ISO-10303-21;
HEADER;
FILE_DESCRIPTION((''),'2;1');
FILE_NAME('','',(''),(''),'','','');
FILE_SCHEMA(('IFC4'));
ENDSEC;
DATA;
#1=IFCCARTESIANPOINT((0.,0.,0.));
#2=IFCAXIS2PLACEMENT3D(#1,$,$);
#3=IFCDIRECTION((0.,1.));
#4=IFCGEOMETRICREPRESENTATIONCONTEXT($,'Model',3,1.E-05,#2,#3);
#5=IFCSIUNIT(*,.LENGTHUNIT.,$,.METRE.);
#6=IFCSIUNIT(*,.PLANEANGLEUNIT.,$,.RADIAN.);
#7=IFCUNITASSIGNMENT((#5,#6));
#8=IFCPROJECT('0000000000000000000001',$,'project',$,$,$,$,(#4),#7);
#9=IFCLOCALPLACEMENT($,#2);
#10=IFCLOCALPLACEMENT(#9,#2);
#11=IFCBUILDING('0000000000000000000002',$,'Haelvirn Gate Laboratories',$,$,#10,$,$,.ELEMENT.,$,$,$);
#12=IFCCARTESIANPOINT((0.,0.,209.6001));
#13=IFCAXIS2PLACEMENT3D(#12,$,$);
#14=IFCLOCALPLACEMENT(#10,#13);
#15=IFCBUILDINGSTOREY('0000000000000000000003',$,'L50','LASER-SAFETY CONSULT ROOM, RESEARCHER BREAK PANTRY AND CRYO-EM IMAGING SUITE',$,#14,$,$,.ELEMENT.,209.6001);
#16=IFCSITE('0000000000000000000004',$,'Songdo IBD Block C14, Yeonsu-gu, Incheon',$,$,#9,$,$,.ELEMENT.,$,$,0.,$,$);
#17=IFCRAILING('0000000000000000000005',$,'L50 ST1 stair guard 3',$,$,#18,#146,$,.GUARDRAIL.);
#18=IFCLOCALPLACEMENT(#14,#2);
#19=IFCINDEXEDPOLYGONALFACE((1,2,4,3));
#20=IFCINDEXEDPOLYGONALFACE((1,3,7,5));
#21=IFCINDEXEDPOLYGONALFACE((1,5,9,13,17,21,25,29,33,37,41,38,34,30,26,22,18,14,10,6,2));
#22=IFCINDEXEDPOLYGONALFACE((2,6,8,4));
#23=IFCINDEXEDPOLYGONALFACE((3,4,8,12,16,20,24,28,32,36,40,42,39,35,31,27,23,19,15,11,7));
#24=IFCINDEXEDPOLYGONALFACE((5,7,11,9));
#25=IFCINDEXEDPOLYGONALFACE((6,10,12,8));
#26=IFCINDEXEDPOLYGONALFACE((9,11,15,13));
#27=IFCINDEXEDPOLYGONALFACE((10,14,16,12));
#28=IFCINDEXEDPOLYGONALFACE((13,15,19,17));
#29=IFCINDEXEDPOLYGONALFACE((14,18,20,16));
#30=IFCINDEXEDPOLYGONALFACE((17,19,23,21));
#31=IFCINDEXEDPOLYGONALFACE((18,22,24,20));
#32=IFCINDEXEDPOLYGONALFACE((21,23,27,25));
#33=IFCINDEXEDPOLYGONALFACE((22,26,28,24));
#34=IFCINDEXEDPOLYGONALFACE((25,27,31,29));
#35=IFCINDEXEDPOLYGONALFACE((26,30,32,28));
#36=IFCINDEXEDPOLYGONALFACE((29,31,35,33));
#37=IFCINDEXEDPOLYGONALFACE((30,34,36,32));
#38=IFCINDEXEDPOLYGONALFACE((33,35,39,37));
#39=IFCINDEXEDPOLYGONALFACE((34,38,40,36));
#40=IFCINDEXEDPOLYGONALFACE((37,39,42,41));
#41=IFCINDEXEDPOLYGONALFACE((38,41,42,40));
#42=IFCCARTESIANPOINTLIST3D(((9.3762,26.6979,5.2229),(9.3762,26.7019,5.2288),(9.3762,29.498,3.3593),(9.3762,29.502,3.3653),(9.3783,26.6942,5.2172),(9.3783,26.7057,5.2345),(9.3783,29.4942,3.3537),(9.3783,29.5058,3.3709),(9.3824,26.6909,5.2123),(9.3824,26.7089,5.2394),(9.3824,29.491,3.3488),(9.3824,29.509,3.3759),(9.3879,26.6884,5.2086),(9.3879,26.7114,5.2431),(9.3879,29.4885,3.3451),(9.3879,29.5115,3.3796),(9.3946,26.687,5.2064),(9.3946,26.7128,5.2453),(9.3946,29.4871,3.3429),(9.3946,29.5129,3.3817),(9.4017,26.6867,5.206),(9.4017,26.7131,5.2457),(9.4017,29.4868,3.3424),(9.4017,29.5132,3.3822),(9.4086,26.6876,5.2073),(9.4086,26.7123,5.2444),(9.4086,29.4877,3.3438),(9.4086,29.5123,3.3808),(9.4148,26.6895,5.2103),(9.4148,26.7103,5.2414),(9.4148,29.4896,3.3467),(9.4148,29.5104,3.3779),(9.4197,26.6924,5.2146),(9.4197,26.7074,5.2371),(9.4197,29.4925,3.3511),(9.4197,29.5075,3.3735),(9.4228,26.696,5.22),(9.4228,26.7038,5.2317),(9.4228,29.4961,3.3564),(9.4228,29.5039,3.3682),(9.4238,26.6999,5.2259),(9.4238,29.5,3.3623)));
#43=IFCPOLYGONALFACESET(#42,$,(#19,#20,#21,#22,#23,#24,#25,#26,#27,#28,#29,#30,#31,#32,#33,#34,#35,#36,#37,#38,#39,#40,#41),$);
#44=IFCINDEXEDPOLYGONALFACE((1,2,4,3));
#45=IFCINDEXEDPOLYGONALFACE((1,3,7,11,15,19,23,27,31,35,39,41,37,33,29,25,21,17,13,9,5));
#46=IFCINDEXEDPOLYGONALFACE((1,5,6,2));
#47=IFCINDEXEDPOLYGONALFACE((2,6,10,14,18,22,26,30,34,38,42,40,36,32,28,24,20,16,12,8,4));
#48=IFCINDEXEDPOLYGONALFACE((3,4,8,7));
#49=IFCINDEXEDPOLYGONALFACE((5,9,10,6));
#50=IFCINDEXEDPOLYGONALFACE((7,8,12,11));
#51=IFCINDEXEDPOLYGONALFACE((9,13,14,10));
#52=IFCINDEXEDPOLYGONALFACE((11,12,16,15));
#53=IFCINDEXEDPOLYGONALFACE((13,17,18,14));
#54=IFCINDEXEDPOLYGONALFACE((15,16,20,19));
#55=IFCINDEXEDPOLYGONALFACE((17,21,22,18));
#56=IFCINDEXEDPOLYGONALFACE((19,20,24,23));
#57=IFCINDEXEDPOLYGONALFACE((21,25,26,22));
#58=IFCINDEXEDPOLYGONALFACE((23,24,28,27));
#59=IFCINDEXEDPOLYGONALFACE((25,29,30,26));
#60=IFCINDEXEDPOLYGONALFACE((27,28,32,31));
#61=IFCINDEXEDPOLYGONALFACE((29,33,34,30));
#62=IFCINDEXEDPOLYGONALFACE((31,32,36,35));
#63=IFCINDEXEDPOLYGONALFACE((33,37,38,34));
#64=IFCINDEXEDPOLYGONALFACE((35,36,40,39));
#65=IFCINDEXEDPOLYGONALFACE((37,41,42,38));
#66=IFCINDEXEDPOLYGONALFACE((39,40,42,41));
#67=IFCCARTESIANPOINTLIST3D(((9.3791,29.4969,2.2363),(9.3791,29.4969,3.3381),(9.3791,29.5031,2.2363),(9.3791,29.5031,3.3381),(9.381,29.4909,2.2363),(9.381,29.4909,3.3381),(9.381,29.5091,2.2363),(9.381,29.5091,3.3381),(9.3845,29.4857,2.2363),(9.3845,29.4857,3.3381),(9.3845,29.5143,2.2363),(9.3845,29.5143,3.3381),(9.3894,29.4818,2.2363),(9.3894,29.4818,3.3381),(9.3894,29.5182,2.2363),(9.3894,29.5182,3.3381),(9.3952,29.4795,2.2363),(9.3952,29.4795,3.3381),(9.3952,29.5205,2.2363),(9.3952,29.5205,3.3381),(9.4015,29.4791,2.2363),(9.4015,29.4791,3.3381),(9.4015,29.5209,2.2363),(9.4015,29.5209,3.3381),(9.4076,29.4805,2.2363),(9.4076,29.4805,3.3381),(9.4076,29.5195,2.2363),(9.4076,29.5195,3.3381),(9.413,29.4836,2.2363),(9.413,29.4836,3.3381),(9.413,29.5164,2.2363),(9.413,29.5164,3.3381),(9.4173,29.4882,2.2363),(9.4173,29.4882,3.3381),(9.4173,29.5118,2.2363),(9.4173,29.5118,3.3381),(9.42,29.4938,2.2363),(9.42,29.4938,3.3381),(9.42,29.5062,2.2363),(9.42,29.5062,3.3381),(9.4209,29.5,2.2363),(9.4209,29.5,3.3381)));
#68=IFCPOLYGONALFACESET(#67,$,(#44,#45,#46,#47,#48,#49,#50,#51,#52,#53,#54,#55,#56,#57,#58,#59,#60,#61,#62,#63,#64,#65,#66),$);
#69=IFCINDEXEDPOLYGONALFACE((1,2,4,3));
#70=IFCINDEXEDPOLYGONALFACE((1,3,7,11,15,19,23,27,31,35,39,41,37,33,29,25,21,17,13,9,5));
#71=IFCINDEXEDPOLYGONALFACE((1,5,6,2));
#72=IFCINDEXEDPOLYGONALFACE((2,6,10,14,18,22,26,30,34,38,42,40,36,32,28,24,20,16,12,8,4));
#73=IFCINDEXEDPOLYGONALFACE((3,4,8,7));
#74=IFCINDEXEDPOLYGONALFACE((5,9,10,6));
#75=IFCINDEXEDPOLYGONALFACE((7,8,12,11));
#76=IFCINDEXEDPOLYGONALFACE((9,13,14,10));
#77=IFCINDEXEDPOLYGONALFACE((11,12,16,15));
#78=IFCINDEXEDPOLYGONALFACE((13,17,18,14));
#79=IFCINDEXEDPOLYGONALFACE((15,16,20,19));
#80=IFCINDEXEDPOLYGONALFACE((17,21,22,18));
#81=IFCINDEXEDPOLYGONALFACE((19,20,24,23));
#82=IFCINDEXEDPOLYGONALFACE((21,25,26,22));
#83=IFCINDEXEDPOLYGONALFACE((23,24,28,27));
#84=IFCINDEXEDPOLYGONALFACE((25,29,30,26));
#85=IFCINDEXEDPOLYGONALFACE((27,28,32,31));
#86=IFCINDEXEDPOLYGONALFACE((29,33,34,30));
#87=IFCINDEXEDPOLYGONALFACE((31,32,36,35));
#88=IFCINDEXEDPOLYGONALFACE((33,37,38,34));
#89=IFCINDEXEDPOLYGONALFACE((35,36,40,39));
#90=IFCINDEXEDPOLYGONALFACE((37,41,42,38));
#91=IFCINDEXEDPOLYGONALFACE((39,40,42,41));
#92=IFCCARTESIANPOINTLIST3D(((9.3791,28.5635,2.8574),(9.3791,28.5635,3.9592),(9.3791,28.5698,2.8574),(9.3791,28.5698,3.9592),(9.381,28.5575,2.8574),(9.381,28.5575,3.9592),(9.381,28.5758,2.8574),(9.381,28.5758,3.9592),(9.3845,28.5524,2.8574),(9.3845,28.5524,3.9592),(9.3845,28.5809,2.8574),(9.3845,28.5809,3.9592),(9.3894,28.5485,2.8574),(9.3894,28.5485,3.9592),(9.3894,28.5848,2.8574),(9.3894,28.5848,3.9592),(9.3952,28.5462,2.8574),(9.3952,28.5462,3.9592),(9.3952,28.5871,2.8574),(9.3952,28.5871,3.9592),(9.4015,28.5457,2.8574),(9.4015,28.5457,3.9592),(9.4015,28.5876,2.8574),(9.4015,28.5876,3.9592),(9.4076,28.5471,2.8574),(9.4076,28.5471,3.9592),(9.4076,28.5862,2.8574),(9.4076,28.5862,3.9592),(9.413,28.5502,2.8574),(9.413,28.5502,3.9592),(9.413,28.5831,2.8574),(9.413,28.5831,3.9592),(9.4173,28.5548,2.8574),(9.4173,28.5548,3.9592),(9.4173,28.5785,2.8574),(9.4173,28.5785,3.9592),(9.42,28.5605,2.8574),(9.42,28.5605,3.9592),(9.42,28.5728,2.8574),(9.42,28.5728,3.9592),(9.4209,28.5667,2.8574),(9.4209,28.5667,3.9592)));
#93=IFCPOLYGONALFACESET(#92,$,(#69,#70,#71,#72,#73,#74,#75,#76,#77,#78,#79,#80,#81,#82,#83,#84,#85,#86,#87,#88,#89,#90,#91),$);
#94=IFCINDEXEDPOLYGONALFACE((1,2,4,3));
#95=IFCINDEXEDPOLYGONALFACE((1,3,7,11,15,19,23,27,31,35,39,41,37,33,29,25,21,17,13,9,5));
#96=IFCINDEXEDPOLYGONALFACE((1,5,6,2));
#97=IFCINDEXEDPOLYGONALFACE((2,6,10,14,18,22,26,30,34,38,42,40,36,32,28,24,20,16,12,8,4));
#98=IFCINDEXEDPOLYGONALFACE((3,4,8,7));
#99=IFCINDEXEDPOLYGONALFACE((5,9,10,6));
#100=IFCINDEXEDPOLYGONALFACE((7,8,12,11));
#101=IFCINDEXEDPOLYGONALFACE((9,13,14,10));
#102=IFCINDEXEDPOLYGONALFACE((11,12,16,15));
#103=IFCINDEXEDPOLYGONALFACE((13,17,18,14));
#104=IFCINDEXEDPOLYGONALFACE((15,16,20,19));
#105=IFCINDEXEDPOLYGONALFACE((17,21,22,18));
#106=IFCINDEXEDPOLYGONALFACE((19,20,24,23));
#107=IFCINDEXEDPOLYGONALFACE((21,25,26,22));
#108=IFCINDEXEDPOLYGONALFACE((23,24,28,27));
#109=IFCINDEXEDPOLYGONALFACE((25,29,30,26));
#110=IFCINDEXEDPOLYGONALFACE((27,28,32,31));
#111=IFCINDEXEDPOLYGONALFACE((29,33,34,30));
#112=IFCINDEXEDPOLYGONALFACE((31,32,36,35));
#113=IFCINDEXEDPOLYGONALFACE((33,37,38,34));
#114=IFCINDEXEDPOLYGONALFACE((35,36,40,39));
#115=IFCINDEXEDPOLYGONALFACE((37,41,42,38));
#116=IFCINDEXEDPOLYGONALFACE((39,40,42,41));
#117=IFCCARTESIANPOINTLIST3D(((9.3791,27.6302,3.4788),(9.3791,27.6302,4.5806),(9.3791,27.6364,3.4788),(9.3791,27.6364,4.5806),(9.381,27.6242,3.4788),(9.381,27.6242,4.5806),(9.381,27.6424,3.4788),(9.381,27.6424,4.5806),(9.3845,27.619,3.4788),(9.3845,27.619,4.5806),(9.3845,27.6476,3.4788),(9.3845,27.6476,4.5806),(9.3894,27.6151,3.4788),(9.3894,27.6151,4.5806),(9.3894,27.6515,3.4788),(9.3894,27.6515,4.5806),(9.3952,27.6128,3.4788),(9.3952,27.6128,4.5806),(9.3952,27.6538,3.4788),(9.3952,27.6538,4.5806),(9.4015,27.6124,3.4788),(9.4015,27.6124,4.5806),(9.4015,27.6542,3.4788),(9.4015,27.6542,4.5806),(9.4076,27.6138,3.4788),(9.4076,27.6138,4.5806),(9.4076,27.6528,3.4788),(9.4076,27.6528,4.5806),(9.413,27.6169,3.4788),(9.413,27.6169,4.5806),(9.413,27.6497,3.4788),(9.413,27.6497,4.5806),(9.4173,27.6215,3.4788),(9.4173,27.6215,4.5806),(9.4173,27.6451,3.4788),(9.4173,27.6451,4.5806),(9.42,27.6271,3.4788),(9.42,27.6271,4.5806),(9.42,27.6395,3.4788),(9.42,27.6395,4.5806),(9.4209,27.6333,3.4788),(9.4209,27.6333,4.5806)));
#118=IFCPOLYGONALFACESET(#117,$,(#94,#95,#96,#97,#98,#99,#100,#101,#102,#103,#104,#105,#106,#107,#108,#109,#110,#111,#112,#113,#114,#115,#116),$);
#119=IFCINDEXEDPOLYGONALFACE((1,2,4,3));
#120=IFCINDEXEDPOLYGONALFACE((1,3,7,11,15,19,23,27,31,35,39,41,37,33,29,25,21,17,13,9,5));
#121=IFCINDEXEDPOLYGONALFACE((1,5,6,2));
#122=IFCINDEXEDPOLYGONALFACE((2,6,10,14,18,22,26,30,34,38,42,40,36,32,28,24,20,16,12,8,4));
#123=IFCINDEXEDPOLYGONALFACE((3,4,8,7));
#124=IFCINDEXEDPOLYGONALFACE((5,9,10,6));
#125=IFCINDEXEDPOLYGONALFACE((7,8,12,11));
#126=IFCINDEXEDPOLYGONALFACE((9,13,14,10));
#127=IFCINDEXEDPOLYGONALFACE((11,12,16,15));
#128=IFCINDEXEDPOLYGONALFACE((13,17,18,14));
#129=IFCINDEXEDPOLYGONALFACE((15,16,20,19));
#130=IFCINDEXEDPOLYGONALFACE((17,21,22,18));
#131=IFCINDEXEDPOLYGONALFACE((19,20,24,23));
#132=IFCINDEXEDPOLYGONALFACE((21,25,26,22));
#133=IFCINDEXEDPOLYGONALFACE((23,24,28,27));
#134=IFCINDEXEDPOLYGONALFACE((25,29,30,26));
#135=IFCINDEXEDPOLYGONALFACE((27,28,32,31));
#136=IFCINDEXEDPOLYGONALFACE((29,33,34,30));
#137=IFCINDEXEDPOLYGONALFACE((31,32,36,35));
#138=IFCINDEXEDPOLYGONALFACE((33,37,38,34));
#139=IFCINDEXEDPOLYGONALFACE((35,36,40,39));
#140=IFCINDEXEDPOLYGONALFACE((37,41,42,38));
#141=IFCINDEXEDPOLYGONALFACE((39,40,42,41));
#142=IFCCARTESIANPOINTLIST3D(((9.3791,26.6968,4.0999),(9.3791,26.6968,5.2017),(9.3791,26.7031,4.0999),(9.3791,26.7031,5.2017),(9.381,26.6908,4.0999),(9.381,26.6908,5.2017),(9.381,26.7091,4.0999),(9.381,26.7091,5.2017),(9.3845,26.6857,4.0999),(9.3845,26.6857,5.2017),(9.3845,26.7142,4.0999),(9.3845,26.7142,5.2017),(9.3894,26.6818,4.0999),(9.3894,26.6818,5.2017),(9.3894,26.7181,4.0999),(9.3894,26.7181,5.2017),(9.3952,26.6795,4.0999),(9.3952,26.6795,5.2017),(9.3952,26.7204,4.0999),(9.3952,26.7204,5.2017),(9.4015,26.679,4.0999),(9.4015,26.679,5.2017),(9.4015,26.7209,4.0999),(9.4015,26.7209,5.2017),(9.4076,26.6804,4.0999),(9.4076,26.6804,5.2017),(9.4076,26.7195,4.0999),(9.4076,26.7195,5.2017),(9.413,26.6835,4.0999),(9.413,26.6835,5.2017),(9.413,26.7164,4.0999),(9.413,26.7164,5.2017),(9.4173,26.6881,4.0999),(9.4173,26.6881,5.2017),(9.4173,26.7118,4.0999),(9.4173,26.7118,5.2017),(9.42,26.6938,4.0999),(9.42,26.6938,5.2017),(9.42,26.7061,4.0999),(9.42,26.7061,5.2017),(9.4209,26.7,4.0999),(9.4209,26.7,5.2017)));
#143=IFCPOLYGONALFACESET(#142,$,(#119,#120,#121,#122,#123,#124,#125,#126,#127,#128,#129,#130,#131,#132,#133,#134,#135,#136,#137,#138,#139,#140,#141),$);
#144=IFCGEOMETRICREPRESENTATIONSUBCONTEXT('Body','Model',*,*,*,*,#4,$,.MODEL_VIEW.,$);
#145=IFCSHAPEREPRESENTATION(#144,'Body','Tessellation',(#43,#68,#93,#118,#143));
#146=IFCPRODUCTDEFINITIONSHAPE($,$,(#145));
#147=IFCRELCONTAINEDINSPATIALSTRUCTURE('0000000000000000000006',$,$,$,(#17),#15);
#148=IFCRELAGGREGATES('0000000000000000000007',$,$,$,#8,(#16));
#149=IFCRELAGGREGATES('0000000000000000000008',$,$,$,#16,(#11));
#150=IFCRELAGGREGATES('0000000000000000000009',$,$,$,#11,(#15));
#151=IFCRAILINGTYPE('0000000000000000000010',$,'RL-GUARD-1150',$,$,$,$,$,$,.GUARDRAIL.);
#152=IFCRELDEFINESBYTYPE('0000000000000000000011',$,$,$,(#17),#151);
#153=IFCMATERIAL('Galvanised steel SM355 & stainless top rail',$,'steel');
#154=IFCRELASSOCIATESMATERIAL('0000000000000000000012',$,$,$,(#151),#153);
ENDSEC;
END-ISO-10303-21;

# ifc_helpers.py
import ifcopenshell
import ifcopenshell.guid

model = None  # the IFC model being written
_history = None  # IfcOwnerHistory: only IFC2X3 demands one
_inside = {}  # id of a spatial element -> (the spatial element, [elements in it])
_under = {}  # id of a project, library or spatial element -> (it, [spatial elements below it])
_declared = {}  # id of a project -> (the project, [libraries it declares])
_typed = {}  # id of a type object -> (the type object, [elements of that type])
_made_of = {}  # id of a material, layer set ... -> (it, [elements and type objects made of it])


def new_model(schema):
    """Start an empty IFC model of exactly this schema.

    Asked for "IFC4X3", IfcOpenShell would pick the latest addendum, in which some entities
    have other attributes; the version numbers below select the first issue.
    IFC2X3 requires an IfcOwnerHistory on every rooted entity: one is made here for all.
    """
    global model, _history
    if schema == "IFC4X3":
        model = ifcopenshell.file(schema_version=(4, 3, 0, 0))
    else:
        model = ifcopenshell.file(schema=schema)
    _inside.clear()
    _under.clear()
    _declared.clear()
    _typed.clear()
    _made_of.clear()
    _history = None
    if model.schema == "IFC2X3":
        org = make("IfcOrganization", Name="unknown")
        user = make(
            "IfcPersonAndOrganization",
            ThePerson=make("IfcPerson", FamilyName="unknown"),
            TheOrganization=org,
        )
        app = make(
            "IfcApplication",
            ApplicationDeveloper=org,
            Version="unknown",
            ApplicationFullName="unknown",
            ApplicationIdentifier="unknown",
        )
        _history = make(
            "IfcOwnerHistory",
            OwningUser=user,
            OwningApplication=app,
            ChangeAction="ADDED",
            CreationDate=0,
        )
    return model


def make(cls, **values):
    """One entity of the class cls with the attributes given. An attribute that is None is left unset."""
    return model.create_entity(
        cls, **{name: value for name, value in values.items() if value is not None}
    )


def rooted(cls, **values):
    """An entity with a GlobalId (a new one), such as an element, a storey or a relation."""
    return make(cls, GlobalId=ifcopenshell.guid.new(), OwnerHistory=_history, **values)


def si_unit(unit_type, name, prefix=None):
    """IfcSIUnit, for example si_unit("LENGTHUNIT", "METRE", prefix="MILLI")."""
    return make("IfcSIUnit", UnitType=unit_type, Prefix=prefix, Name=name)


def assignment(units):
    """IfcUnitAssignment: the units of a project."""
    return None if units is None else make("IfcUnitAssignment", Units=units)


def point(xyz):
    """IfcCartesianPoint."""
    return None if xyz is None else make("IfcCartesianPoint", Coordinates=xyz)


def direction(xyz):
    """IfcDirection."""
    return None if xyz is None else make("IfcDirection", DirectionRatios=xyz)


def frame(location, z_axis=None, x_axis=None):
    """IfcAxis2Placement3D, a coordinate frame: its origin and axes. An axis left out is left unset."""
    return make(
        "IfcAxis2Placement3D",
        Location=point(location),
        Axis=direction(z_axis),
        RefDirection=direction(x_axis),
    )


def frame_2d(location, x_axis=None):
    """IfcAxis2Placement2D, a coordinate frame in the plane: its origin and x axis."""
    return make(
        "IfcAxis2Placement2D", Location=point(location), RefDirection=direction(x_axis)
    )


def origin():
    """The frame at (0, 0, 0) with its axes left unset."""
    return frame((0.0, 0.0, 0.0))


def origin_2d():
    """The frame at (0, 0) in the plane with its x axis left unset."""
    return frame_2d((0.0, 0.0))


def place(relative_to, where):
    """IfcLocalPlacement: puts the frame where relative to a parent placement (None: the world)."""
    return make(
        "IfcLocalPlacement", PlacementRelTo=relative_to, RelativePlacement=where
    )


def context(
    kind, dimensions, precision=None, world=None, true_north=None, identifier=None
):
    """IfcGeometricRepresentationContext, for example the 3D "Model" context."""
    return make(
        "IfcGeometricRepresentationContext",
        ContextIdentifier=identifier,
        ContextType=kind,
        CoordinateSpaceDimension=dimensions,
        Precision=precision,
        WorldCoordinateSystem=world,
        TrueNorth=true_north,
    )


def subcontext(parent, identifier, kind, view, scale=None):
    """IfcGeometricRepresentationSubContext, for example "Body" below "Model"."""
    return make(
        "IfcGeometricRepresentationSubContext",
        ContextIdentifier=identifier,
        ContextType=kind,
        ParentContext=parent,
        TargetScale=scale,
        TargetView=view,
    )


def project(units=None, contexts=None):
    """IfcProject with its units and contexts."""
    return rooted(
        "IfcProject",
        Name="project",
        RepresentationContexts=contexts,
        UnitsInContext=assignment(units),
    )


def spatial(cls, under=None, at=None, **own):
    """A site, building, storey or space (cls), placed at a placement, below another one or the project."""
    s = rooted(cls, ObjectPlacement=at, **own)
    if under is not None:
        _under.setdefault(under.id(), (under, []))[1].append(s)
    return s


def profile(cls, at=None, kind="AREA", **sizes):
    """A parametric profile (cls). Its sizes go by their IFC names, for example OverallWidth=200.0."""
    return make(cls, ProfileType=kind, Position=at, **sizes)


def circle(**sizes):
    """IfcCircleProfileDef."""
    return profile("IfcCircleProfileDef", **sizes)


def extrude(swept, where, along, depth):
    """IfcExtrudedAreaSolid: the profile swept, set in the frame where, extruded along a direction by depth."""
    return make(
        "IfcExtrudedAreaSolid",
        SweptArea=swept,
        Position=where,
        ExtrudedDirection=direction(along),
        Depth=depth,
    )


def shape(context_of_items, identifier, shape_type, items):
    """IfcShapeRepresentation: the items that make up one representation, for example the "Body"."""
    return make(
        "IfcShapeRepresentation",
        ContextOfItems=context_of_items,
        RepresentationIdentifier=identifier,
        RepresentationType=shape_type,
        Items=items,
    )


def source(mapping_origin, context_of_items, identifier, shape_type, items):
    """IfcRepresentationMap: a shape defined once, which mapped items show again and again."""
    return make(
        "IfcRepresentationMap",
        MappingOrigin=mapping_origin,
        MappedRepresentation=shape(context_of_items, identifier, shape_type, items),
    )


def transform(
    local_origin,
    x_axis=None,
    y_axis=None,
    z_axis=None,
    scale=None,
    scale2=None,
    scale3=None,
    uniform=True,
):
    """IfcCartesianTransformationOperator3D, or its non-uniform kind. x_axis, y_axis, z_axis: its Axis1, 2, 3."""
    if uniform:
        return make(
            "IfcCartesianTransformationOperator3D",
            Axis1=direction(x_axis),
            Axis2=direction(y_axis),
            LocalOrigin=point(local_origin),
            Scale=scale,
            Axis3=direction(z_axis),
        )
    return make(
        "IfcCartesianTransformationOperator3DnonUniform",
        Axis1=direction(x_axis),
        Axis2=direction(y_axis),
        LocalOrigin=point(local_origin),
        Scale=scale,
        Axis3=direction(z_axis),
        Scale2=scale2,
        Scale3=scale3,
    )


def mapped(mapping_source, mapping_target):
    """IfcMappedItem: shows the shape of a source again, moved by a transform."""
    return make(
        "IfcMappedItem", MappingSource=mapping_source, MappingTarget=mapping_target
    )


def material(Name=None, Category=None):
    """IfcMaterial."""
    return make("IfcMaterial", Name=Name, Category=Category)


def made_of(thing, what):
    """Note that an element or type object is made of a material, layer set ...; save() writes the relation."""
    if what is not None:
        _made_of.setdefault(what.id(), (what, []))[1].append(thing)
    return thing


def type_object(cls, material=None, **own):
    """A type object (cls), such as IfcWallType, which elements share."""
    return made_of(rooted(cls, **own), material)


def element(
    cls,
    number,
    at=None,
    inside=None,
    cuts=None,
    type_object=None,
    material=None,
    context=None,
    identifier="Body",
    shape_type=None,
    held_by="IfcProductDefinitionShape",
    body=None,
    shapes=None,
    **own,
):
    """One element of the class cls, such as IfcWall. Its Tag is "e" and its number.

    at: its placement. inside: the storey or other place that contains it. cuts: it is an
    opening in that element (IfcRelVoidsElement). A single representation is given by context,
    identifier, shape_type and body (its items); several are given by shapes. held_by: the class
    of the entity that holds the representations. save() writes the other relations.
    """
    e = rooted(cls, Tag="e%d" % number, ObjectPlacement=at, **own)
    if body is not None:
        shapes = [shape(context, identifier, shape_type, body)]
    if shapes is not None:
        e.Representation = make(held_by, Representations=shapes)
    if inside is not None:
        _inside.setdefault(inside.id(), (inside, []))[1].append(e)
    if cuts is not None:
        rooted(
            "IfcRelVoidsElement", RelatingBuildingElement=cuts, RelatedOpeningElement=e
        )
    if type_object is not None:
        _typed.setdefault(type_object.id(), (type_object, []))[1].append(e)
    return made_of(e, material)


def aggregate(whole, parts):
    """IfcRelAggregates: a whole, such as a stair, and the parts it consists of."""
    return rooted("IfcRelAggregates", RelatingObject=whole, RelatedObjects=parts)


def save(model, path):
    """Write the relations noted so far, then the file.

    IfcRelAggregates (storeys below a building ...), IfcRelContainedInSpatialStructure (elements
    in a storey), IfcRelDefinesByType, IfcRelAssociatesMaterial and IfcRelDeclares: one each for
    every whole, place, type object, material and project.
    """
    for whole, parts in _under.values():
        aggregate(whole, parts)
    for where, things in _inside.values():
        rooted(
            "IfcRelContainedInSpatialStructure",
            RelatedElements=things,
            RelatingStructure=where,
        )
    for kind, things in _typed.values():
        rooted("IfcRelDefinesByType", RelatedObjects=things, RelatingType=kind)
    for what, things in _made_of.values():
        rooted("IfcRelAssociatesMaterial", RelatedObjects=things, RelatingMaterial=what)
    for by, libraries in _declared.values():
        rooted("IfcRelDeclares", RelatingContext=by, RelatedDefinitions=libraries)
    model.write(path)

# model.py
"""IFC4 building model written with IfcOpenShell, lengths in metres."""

from ifc_helpers import new_model, si_unit, direction, frame, origin, origin_2d, place, context, subcontext, project, spatial, circle, extrude, source, transform, mapped, material, type_object, element, save


model = new_model("IFC4")

# Units and contexts
model_context = context("Model", 3, precision=1e-05, world=origin(), true_north=direction((0.0, 1.0)))
body_context = subcontext(model_context, "Body", "Model", "MODEL_VIEW")
ifc_project = project(units=[si_unit("LENGTHUNIT", "METRE"), si_unit("PLANEANGLEUNIT", "RADIAN")], contexts=[model_context])

# Site, building, storey
site_placement = place(None, origin())
site = spatial("IfcSite", under=ifc_project, at=site_placement, Name="Songdo IBD Block C14, Yeonsu-gu, Incheon", CompositionType="ELEMENT", RefElevation=0.0)
building_placement = place(site_placement, origin())
building = spatial("IfcBuilding", under=site, at=building_placement, Name="Haelvirn Gate Laboratories", CompositionType="ELEMENT")
storey_placement = place(building_placement, frame((0.0, 0.0, 209.6001)))
storey = spatial("IfcBuildingStorey", under=building, at=storey_placement, Name="L50", Description="LASER-SAFETY CONSULT ROOM, RESEARCHER BREAK PANTRY AND CRYO-EM IMAGING SUITE", CompositionType="ELEMENT", Elevation=209.6001)

# Railing
ifc_material_1 = material(Name="Galvanised steel SM355 & stainless top rail", Category="steel")
railing_type_1 = type_object("IfcRailingType", Name="RL-GUARD-1150", PredefinedType="GUARDRAIL", material=ifc_material_1)
shared_shape_1 = source(origin(), body_context, "Body", "SweptSolid", [
    extrude(circle(Radius=0.0239, at=origin_2d()), frame((0.0, 0.0, 1.126), z_axis=(0.0, -0.832486, 0.554047), x_axis=(1.0, 0.0, 0.0)), (0.0, 0.0, 1.0), 3.3635),
    extrude(circle(Radius=0.021, at=origin_2d()), origin(), (0.0, 0.0, 1.0), 1.1018),
    extrude(circle(Radius=0.021, at=origin_2d()), frame((0.0, -0.9333, 0.6211)), (0.0, 0.0, 1.0), 1.1018),
    extrude(circle(Radius=0.021, at=origin_2d()), frame((0.0, -1.8667, 1.2424)), (0.0, 0.0, 1.0), 1.1018),
    extrude(circle(Radius=0.021, at=origin_2d()), frame((0.0, -2.8, 1.8635)), (0.0, 0.0, 1.0), 1.1018),
])
railing_1_placement = place(storey_placement, frame((9.3999, 29.5, 2.2363)))
element("IfcRailing", 1, at=railing_1_placement, inside=storey, type_object=railing_type_1, Name="L50 ST1 stair guard 3", PredefinedType="GUARDRAIL", context=body_context, shape_type="MappedRepresentation", body=[
    mapped(shared_shape_1, transform((0.0, 0.0, 0.0), scale=1.0)),
])

save(model, "model.ifc")
